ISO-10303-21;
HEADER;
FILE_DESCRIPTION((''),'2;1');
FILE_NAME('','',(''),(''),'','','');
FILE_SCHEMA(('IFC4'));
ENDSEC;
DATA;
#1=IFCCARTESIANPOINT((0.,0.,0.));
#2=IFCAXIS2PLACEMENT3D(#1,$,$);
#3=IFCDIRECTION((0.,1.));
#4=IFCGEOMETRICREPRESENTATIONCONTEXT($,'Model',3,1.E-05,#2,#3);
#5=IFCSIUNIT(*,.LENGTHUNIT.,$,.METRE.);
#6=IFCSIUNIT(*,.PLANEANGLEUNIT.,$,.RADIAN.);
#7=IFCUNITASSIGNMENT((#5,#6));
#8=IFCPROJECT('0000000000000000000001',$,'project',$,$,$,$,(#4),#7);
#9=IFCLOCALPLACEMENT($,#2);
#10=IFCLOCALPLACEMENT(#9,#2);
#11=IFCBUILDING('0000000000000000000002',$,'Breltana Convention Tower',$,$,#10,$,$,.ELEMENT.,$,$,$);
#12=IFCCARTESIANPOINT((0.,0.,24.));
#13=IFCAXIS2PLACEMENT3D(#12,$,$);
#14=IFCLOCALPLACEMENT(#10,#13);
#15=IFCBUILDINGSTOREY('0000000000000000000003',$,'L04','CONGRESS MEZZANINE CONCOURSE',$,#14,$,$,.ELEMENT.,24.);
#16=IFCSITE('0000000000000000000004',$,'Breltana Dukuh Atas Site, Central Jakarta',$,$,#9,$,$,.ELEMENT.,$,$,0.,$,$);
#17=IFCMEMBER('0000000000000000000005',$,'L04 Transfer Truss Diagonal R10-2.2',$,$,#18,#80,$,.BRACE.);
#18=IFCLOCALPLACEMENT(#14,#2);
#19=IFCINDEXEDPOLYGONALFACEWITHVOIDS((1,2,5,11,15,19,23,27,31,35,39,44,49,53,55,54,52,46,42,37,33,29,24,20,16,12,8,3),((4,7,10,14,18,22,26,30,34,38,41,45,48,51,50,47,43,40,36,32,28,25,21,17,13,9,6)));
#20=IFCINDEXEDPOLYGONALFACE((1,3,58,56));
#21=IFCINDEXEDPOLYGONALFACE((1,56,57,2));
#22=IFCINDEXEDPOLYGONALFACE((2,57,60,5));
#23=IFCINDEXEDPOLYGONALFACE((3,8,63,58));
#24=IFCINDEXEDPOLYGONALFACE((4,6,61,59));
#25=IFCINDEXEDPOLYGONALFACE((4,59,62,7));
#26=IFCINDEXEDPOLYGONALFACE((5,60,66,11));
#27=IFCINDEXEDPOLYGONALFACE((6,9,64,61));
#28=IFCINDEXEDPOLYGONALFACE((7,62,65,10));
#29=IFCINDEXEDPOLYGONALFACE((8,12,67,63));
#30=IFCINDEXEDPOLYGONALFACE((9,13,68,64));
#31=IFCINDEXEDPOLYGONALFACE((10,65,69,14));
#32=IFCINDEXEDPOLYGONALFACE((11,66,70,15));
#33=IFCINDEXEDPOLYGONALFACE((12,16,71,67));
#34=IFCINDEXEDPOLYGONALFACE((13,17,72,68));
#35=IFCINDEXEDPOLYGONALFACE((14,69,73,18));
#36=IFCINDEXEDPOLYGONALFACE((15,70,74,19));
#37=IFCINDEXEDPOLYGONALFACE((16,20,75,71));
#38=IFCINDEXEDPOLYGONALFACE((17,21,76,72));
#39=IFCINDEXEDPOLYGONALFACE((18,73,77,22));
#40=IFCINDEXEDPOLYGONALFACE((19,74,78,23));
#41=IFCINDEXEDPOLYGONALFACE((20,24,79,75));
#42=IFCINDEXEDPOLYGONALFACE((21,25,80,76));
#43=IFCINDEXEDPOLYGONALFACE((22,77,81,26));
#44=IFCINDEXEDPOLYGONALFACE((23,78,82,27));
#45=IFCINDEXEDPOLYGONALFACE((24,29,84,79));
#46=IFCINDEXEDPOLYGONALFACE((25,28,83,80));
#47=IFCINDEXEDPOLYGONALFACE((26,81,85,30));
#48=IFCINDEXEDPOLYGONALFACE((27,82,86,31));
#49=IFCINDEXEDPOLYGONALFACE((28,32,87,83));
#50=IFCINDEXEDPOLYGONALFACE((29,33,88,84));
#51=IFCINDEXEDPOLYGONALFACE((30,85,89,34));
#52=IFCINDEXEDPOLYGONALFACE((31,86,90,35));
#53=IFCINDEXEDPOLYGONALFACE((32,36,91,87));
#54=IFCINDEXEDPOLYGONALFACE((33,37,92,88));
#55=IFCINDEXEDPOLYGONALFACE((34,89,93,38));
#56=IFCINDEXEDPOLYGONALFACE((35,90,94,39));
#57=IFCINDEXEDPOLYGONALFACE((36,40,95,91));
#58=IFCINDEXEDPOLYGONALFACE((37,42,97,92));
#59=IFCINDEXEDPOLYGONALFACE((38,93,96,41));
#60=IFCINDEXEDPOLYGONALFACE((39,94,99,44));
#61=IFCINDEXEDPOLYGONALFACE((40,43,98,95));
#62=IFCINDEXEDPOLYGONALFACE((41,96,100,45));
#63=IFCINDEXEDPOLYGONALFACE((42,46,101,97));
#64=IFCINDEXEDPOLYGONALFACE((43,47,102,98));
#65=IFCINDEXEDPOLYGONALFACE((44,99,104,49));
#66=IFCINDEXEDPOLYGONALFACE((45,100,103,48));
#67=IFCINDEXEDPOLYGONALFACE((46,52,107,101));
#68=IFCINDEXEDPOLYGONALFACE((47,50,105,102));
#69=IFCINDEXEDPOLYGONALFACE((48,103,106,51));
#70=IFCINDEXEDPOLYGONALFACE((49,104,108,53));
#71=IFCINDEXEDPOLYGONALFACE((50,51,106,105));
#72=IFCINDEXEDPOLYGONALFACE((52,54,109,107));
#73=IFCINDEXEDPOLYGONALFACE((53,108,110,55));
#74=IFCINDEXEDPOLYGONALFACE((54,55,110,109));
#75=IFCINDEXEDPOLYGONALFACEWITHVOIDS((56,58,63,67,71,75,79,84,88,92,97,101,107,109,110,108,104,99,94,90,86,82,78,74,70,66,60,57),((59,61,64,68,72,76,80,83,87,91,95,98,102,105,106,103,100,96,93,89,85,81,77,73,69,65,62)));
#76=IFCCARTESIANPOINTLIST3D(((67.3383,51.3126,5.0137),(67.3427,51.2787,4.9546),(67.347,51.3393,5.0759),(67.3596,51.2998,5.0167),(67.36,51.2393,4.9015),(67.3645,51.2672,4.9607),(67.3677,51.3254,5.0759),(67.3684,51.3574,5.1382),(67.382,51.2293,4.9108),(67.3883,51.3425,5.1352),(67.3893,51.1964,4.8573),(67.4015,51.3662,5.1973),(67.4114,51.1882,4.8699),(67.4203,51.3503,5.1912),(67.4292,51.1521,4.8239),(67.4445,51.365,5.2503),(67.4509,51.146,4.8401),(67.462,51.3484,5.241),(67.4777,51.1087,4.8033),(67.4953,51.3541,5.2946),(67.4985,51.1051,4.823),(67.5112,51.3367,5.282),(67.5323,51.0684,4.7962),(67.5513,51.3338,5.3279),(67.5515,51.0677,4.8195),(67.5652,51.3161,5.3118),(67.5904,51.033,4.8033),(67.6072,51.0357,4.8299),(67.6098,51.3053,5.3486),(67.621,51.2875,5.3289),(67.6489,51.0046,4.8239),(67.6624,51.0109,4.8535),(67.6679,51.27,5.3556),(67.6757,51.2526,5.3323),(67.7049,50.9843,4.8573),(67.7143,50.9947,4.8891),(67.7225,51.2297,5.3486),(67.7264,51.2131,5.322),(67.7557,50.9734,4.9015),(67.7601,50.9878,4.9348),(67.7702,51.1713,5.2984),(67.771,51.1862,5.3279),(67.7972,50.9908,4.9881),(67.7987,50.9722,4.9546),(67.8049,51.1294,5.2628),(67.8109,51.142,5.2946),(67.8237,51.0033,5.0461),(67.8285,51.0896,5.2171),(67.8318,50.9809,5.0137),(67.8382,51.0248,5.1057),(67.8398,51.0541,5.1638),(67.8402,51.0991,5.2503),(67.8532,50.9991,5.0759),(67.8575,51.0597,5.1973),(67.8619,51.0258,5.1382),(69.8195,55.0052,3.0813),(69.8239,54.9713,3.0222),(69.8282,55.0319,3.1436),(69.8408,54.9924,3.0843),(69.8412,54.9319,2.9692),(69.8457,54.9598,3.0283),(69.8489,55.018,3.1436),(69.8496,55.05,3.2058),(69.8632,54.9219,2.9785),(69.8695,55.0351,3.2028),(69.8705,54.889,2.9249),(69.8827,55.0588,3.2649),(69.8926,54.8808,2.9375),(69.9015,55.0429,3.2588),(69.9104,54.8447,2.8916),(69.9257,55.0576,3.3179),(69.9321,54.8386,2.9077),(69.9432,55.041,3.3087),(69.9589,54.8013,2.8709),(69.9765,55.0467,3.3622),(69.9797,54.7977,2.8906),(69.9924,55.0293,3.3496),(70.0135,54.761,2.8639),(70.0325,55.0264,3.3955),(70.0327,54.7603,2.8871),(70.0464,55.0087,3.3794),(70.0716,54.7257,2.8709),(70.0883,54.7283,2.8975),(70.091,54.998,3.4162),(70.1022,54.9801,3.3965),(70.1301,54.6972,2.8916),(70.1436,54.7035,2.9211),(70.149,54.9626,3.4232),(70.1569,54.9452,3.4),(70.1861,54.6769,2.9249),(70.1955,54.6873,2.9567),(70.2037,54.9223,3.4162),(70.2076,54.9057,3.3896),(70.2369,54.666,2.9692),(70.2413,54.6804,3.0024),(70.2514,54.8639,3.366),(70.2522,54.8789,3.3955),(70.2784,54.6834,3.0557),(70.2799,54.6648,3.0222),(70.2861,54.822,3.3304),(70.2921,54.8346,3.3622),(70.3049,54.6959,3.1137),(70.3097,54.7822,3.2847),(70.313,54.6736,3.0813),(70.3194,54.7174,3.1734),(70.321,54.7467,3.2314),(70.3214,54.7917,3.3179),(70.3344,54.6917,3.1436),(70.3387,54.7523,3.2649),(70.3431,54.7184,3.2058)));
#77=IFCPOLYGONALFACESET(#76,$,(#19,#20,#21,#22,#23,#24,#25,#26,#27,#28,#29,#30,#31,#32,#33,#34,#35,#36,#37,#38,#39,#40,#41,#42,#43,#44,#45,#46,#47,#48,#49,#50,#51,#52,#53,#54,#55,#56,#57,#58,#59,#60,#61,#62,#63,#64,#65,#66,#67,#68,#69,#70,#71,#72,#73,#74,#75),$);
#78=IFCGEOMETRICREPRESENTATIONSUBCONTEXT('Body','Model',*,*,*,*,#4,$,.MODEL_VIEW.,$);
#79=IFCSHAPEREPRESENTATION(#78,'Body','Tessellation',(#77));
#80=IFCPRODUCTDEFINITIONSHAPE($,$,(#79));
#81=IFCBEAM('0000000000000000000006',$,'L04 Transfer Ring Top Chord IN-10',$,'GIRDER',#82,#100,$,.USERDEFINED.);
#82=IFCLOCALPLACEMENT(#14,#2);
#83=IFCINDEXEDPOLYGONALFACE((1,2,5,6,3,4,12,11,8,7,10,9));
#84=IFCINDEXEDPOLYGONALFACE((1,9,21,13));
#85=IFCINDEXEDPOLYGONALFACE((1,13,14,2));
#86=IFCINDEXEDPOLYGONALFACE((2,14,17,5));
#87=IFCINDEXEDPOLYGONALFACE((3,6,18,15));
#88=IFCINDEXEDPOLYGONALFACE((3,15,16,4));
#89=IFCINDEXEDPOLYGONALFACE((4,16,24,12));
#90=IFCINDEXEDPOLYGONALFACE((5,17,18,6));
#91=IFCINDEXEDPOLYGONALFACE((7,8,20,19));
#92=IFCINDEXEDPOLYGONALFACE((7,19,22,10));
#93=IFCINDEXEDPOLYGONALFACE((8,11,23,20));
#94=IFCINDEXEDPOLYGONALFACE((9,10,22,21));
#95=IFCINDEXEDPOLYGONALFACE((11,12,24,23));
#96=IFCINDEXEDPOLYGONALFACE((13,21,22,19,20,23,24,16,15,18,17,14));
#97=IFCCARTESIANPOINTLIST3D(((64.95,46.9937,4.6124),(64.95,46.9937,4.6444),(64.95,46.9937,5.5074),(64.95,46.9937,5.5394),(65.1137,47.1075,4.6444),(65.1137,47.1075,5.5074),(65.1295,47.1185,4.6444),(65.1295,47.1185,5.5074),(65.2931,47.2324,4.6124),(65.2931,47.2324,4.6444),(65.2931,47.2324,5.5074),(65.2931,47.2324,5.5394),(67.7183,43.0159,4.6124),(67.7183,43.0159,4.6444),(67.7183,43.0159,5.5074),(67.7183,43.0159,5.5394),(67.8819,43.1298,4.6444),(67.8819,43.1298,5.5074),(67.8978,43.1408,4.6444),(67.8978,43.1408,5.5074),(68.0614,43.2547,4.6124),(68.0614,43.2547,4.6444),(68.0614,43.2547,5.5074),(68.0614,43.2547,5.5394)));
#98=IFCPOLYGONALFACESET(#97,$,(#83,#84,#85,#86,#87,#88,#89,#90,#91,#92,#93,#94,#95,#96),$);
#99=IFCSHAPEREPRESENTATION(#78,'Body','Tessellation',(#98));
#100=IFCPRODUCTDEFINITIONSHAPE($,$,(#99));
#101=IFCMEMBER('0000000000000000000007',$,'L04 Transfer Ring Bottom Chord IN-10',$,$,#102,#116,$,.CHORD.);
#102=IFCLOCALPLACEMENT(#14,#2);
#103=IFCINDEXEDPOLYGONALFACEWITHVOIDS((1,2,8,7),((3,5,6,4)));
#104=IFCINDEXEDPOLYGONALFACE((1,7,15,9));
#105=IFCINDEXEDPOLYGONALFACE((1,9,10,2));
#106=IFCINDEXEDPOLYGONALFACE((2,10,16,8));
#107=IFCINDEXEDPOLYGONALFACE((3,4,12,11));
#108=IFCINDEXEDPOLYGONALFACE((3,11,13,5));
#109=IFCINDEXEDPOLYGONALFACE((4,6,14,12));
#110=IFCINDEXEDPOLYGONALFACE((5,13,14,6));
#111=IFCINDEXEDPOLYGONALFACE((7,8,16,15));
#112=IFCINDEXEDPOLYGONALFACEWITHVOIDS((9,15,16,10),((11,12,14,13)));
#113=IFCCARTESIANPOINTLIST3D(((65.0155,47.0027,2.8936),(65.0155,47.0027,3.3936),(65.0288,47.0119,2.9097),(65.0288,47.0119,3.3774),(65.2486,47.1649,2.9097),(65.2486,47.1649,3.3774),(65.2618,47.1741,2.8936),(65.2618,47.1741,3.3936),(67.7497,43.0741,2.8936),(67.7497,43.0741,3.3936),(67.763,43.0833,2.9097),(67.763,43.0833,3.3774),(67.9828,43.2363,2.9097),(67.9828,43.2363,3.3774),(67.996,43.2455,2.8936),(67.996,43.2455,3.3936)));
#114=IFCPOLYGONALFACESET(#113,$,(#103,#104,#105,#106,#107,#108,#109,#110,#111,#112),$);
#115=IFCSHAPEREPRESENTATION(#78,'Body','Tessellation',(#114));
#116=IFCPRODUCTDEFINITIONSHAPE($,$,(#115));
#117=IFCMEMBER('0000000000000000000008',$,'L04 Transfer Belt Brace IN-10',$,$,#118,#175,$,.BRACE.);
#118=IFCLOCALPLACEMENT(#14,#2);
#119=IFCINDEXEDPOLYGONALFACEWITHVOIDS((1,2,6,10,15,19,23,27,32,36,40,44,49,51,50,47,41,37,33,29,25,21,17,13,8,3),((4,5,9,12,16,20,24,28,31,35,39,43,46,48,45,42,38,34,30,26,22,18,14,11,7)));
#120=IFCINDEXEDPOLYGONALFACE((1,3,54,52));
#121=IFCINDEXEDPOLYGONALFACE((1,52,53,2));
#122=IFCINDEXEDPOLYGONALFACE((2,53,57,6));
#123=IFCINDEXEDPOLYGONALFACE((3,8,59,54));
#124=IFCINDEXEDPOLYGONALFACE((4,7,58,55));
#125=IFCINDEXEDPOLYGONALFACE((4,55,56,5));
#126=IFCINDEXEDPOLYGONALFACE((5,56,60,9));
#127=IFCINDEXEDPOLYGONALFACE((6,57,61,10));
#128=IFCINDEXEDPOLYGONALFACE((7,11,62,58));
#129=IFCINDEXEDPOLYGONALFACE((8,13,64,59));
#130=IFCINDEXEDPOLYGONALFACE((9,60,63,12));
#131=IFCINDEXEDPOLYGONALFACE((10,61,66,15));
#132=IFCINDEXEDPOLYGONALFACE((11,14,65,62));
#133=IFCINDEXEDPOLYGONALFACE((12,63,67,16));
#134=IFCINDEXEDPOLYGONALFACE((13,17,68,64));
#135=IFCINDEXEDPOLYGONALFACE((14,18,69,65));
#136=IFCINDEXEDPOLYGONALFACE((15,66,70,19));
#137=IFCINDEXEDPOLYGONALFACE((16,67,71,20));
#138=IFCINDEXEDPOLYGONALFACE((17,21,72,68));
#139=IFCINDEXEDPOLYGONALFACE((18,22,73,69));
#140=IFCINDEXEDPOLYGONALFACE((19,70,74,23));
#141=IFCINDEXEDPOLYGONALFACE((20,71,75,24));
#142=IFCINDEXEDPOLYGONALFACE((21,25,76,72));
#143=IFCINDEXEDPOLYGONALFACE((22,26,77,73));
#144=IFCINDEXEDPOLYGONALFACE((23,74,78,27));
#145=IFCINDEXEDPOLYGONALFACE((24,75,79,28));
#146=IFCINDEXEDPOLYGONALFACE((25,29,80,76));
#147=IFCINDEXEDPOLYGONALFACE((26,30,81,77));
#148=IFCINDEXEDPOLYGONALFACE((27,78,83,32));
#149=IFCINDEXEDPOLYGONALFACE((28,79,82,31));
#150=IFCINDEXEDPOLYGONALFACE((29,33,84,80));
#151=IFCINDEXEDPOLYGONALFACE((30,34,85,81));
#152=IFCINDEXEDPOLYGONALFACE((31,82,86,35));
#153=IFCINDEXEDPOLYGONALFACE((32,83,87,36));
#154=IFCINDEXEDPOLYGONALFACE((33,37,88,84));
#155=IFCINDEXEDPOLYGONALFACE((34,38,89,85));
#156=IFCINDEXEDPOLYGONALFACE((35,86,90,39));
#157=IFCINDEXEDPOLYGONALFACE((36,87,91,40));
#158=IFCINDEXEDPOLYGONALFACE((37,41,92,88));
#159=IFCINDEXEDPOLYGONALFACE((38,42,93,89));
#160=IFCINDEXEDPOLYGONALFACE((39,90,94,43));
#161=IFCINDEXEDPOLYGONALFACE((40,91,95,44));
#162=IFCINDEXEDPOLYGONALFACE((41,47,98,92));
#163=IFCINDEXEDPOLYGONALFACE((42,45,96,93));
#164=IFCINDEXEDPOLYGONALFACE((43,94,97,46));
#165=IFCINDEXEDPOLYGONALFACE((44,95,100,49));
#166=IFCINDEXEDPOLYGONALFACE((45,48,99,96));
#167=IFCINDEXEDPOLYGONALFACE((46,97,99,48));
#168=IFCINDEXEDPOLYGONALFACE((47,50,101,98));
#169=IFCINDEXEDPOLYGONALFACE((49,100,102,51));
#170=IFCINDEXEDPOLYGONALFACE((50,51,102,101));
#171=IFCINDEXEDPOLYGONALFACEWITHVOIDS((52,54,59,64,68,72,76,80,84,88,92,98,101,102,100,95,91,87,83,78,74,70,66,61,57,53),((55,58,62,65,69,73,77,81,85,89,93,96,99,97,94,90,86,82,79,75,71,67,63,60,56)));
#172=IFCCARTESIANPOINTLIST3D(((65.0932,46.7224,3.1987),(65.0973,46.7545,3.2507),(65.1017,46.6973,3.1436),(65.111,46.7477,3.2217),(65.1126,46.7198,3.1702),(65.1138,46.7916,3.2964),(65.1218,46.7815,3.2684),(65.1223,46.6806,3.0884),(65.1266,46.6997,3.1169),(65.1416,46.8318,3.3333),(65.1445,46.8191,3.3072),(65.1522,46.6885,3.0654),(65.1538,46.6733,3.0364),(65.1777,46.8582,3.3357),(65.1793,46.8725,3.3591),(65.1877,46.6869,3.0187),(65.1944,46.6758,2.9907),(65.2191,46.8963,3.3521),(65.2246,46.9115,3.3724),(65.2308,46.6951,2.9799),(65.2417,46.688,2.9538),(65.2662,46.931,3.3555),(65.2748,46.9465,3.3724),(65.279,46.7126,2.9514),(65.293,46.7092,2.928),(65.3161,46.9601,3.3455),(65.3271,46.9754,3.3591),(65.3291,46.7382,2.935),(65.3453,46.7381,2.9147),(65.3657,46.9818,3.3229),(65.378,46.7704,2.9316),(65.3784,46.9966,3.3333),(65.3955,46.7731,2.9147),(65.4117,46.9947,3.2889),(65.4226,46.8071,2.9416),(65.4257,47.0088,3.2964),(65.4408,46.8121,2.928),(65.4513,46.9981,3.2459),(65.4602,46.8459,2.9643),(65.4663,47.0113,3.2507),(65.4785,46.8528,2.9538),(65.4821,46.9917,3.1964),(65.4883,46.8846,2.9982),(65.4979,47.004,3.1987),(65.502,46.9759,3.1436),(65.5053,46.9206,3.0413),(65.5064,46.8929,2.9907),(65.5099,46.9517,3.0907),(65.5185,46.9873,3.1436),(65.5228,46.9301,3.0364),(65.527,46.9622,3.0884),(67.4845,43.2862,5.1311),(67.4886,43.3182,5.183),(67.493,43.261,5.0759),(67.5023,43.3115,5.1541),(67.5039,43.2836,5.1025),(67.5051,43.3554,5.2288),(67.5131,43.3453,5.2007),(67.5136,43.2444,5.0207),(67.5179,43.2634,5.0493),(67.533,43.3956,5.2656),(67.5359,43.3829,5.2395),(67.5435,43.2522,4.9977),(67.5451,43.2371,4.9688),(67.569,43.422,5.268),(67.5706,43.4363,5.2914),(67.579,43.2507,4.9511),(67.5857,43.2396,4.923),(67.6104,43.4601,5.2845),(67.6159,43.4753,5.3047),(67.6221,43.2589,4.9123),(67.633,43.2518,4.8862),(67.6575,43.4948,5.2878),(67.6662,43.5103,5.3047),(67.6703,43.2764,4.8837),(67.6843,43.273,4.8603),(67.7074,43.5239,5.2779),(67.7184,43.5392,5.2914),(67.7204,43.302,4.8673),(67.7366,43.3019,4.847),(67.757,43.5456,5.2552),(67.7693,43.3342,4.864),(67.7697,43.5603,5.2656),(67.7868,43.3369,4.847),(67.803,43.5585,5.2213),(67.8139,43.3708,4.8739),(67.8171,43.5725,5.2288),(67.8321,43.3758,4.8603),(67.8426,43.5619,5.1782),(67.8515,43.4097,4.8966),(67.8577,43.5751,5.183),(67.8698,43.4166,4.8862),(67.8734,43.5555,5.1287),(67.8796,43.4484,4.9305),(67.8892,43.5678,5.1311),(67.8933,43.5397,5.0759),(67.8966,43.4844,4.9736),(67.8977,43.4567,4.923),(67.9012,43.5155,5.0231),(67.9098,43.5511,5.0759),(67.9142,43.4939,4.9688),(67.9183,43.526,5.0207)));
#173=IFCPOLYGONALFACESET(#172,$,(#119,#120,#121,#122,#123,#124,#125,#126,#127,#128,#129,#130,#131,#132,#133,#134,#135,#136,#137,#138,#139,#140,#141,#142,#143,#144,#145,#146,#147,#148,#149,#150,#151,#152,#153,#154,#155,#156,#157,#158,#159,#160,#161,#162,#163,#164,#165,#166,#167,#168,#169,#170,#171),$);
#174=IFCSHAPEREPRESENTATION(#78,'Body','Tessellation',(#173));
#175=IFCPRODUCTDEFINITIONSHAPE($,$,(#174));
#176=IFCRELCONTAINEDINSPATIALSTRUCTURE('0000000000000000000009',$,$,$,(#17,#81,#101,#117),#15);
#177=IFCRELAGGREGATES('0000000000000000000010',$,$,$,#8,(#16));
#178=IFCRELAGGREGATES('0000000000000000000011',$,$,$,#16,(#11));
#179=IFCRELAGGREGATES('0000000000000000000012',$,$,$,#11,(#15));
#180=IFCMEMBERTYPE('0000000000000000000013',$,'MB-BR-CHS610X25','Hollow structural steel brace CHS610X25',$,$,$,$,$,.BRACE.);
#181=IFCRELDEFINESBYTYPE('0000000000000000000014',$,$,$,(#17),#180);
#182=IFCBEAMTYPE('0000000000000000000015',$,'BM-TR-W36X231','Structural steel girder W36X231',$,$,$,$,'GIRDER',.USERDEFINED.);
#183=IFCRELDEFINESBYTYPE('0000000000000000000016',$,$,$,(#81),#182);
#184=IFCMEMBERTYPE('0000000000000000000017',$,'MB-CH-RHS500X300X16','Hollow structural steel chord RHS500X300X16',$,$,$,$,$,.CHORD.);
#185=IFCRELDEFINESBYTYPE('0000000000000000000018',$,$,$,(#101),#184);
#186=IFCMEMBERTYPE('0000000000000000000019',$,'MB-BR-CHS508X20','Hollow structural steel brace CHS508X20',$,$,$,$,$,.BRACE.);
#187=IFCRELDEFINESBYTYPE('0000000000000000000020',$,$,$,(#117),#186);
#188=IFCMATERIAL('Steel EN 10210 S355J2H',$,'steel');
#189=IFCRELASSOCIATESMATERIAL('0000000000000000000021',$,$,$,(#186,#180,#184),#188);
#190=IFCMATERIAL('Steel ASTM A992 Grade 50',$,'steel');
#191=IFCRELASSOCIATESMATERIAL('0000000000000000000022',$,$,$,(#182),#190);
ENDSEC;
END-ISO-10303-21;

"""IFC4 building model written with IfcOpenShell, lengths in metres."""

from ifc_helpers import new_model, si_unit, direction, frame, origin, origin_2d, place, context, subcontext, project, spatial, hollow_rectangle, hollow_circle, i_section, extrude, source, transform, mapped, material, material_profile, profile_set, type_object, element, save


model = new_model("IFC4")

# Units and contexts
model_context = context("Model", 3, precision=1e-05, world=origin(), true_north=direction((0.0, 1.0)))
body_context = subcontext(model_context, "Body", "Model", "MODEL_VIEW")
ifc_project = project(units=[si_unit("LENGTHUNIT", "METRE"), si_unit("PLANEANGLEUNIT", "RADIAN")], contexts=[model_context])

# Site, building, storey
site_placement = place(None, origin())
site = spatial("IfcSite", under=ifc_project, at=site_placement, Name="Breltana Dukuh Atas Site, Central Jakarta", CompositionType="ELEMENT", RefElevation=0.0)
building_placement = place(site_placement, origin())
building = spatial("IfcBuilding", under=site, at=building_placement, Name="Breltana Convention Tower", CompositionType="ELEMENT")
storey_placement = place(building_placement, frame((0.0, 0.0, 24.0)))
storey = spatial("IfcBuildingStorey", under=building, at=storey_placement, Name="L04", Description="CONGRESS MEZZANINE CONCOURSE", CompositionType="ELEMENT", Elevation=24.0)

# Shared definitions
ifc_material_1 = material(Name="Steel ASTM A992 Grade 50", Category="steel")
ifc_material_2 = material(Name="Steel EN 10210 S355J2H", Category="steel")
ifc_material_profile_1 = material_profile(ifc_material_2, hollow_circle(Radius=0.2539, WallThickness=0.02, at=origin_2d()), Name="CHS508X20")
ifc_profile_set_1 = profile_set([ifc_material_profile_1], Name="Steel EN 10210 S355J2H")
member_type_1 = type_object("IfcMemberType", Name="MB-BR-CHS508X20", Description="Hollow structural steel brace CHS508X20", PredefinedType="BRACE", material=ifc_profile_set_1)

# Shared definitions
ifc_material_profile_2 = material_profile(ifc_material_1, i_section(OverallWidth=0.418, OverallDepth=0.927, WebThickness=0.0193, FlangeThickness=0.032, at=origin_2d()), Name="W36X231")
ifc_profile_set_2 = profile_set([ifc_material_profile_2], Name="Steel ASTM A992 Grade 50")
beam_type_1 = type_object("IfcBeamType", Name="BM-TR-W36X231", Description="Structural steel girder W36X231", ElementType="GIRDER", PredefinedType="USERDEFINED", material=ifc_profile_set_2)

# Member
ifc_material_profile_3 = material_profile(ifc_material_2, hollow_circle(Radius=0.3049, WallThickness=0.0249, at=origin_2d()), Name="CHS610X25")
ifc_profile_set_3 = profile_set([ifc_material_profile_3], Name="Steel EN 10210 S355J2H")
member_type_2 = type_object("IfcMemberType", Name="MB-BR-CHS610X25", Description="Hollow structural steel brace CHS610X25", PredefinedType="BRACE", material=ifc_profile_set_3)
shared_shape_1 = source(origin(), body_context, "Body", "SweptSolid", [
    extrude(hollow_circle(Radius=0.3049, WallThickness=0.0249, at=origin_2d()), origin(), (0.0, 0.0, 1.0), 4.8503),
])
member_1_placement = place(storey_placement, frame((67.6001, 51.1692, 5.0759), z_axis=(0.511551, 0.761311, -0.398398), x_axis=(-0.830027, 0.557723, 0.0)))
element("IfcMember", 1, at=member_1_placement, inside=storey, type_object=member_type_2, Name="L04 Transfer Truss Diagonal R10-2.2", PredefinedType="BRACE", context=body_context, shape_type="MappedRepresentation", body=[
    mapped(shared_shape_1, transform((0.0, 0.0, 0.0), scale=1.0)),
])

# Beam
shared_shape_2 = source(origin(), body_context, "Body", "SweptSolid", [
    extrude(i_section(OverallWidth=0.418, OverallDepth=0.927, WebThickness=0.0193, FlangeThickness=0.032, at=origin_2d()), origin(), (0.0, 0.0, 1.0), 4.8462),
])
beam_1_placement = place(storey_placement, frame((65.1216, 47.113, 5.0759), z_axis=(0.571225, -0.820793, 0.0), x_axis=(0.820793, 0.571225, 0.0)))
element("IfcBeam", 2, at=beam_1_placement, inside=storey, type_object=beam_type_1, Name="L04 Transfer Ring Top Chord IN-10", ObjectType="GIRDER", PredefinedType="USERDEFINED", context=body_context, shape_type="MappedRepresentation", body=[
    mapped(shared_shape_2, transform((0.0, 0.0, 0.0), scale=1.0)),
])

# Members
ifc_material_profile_4 = material_profile(ifc_material_2, hollow_rectangle(XDim=0.3, YDim=0.5, WallThickness=0.0161, at=origin_2d()), Name="RHS500X300X16")
ifc_profile_set_4 = profile_set([ifc_material_profile_4], Name="Steel EN 10210 S355J2H")
member_type_3 = type_object("IfcMemberType", Name="MB-CH-RHS500X300X16", Description="Hollow structural steel chord RHS500X300X16", PredefinedType="CHORD", material=ifc_profile_set_4)
shared_shape_3 = source(origin(), body_context, "Body", "SweptSolid", [
    extrude(hollow_rectangle(XDim=0.3, YDim=0.5, WallThickness=0.0161, at=origin_2d()), origin(), (0.0, 0.0, 1.0), 4.7864),
])
member_2_placement = place(storey_placement, frame((65.1387, 47.0884, 3.1436), z_axis=(0.571245, -0.820779, 0.0), x_axis=(0.820779, 0.571245, 0.0)))
element("IfcMember", 3, at=member_2_placement, inside=storey, type_object=member_type_3, Name="L04 Transfer Ring Bottom Chord IN-10", PredefinedType="CHORD", context=body_context, shape_type="MappedRepresentation", body=[
    mapped(shared_shape_3, transform((0.0, 0.0, 0.0), scale=1.0)),
])
shared_shape_4 = source(origin(), body_context, "Body", "SweptSolid", [
    extrude(hollow_circle(Radius=0.2539, WallThickness=0.02, at=origin_2d()), origin(), (0.0, 0.0, 1.0), 4.6108),
])
member_3_placement = place(storey_placement, frame((65.3101, 46.8423, 3.1436), z_axis=(0.518628, -0.745247, 0.419085), x_axis=(0.820804, 0.57121, 0.0)))
element("IfcMember", 4, at=member_3_placement, inside=storey, type_object=member_type_1, Name="L04 Transfer Belt Brace IN-10", PredefinedType="BRACE", context=body_context, shape_type="MappedRepresentation", body=[
    mapped(shared_shape_4, transform((0.0, 0.0, 0.0), scale=1.0)),
])

save(model, "model.ifc")
